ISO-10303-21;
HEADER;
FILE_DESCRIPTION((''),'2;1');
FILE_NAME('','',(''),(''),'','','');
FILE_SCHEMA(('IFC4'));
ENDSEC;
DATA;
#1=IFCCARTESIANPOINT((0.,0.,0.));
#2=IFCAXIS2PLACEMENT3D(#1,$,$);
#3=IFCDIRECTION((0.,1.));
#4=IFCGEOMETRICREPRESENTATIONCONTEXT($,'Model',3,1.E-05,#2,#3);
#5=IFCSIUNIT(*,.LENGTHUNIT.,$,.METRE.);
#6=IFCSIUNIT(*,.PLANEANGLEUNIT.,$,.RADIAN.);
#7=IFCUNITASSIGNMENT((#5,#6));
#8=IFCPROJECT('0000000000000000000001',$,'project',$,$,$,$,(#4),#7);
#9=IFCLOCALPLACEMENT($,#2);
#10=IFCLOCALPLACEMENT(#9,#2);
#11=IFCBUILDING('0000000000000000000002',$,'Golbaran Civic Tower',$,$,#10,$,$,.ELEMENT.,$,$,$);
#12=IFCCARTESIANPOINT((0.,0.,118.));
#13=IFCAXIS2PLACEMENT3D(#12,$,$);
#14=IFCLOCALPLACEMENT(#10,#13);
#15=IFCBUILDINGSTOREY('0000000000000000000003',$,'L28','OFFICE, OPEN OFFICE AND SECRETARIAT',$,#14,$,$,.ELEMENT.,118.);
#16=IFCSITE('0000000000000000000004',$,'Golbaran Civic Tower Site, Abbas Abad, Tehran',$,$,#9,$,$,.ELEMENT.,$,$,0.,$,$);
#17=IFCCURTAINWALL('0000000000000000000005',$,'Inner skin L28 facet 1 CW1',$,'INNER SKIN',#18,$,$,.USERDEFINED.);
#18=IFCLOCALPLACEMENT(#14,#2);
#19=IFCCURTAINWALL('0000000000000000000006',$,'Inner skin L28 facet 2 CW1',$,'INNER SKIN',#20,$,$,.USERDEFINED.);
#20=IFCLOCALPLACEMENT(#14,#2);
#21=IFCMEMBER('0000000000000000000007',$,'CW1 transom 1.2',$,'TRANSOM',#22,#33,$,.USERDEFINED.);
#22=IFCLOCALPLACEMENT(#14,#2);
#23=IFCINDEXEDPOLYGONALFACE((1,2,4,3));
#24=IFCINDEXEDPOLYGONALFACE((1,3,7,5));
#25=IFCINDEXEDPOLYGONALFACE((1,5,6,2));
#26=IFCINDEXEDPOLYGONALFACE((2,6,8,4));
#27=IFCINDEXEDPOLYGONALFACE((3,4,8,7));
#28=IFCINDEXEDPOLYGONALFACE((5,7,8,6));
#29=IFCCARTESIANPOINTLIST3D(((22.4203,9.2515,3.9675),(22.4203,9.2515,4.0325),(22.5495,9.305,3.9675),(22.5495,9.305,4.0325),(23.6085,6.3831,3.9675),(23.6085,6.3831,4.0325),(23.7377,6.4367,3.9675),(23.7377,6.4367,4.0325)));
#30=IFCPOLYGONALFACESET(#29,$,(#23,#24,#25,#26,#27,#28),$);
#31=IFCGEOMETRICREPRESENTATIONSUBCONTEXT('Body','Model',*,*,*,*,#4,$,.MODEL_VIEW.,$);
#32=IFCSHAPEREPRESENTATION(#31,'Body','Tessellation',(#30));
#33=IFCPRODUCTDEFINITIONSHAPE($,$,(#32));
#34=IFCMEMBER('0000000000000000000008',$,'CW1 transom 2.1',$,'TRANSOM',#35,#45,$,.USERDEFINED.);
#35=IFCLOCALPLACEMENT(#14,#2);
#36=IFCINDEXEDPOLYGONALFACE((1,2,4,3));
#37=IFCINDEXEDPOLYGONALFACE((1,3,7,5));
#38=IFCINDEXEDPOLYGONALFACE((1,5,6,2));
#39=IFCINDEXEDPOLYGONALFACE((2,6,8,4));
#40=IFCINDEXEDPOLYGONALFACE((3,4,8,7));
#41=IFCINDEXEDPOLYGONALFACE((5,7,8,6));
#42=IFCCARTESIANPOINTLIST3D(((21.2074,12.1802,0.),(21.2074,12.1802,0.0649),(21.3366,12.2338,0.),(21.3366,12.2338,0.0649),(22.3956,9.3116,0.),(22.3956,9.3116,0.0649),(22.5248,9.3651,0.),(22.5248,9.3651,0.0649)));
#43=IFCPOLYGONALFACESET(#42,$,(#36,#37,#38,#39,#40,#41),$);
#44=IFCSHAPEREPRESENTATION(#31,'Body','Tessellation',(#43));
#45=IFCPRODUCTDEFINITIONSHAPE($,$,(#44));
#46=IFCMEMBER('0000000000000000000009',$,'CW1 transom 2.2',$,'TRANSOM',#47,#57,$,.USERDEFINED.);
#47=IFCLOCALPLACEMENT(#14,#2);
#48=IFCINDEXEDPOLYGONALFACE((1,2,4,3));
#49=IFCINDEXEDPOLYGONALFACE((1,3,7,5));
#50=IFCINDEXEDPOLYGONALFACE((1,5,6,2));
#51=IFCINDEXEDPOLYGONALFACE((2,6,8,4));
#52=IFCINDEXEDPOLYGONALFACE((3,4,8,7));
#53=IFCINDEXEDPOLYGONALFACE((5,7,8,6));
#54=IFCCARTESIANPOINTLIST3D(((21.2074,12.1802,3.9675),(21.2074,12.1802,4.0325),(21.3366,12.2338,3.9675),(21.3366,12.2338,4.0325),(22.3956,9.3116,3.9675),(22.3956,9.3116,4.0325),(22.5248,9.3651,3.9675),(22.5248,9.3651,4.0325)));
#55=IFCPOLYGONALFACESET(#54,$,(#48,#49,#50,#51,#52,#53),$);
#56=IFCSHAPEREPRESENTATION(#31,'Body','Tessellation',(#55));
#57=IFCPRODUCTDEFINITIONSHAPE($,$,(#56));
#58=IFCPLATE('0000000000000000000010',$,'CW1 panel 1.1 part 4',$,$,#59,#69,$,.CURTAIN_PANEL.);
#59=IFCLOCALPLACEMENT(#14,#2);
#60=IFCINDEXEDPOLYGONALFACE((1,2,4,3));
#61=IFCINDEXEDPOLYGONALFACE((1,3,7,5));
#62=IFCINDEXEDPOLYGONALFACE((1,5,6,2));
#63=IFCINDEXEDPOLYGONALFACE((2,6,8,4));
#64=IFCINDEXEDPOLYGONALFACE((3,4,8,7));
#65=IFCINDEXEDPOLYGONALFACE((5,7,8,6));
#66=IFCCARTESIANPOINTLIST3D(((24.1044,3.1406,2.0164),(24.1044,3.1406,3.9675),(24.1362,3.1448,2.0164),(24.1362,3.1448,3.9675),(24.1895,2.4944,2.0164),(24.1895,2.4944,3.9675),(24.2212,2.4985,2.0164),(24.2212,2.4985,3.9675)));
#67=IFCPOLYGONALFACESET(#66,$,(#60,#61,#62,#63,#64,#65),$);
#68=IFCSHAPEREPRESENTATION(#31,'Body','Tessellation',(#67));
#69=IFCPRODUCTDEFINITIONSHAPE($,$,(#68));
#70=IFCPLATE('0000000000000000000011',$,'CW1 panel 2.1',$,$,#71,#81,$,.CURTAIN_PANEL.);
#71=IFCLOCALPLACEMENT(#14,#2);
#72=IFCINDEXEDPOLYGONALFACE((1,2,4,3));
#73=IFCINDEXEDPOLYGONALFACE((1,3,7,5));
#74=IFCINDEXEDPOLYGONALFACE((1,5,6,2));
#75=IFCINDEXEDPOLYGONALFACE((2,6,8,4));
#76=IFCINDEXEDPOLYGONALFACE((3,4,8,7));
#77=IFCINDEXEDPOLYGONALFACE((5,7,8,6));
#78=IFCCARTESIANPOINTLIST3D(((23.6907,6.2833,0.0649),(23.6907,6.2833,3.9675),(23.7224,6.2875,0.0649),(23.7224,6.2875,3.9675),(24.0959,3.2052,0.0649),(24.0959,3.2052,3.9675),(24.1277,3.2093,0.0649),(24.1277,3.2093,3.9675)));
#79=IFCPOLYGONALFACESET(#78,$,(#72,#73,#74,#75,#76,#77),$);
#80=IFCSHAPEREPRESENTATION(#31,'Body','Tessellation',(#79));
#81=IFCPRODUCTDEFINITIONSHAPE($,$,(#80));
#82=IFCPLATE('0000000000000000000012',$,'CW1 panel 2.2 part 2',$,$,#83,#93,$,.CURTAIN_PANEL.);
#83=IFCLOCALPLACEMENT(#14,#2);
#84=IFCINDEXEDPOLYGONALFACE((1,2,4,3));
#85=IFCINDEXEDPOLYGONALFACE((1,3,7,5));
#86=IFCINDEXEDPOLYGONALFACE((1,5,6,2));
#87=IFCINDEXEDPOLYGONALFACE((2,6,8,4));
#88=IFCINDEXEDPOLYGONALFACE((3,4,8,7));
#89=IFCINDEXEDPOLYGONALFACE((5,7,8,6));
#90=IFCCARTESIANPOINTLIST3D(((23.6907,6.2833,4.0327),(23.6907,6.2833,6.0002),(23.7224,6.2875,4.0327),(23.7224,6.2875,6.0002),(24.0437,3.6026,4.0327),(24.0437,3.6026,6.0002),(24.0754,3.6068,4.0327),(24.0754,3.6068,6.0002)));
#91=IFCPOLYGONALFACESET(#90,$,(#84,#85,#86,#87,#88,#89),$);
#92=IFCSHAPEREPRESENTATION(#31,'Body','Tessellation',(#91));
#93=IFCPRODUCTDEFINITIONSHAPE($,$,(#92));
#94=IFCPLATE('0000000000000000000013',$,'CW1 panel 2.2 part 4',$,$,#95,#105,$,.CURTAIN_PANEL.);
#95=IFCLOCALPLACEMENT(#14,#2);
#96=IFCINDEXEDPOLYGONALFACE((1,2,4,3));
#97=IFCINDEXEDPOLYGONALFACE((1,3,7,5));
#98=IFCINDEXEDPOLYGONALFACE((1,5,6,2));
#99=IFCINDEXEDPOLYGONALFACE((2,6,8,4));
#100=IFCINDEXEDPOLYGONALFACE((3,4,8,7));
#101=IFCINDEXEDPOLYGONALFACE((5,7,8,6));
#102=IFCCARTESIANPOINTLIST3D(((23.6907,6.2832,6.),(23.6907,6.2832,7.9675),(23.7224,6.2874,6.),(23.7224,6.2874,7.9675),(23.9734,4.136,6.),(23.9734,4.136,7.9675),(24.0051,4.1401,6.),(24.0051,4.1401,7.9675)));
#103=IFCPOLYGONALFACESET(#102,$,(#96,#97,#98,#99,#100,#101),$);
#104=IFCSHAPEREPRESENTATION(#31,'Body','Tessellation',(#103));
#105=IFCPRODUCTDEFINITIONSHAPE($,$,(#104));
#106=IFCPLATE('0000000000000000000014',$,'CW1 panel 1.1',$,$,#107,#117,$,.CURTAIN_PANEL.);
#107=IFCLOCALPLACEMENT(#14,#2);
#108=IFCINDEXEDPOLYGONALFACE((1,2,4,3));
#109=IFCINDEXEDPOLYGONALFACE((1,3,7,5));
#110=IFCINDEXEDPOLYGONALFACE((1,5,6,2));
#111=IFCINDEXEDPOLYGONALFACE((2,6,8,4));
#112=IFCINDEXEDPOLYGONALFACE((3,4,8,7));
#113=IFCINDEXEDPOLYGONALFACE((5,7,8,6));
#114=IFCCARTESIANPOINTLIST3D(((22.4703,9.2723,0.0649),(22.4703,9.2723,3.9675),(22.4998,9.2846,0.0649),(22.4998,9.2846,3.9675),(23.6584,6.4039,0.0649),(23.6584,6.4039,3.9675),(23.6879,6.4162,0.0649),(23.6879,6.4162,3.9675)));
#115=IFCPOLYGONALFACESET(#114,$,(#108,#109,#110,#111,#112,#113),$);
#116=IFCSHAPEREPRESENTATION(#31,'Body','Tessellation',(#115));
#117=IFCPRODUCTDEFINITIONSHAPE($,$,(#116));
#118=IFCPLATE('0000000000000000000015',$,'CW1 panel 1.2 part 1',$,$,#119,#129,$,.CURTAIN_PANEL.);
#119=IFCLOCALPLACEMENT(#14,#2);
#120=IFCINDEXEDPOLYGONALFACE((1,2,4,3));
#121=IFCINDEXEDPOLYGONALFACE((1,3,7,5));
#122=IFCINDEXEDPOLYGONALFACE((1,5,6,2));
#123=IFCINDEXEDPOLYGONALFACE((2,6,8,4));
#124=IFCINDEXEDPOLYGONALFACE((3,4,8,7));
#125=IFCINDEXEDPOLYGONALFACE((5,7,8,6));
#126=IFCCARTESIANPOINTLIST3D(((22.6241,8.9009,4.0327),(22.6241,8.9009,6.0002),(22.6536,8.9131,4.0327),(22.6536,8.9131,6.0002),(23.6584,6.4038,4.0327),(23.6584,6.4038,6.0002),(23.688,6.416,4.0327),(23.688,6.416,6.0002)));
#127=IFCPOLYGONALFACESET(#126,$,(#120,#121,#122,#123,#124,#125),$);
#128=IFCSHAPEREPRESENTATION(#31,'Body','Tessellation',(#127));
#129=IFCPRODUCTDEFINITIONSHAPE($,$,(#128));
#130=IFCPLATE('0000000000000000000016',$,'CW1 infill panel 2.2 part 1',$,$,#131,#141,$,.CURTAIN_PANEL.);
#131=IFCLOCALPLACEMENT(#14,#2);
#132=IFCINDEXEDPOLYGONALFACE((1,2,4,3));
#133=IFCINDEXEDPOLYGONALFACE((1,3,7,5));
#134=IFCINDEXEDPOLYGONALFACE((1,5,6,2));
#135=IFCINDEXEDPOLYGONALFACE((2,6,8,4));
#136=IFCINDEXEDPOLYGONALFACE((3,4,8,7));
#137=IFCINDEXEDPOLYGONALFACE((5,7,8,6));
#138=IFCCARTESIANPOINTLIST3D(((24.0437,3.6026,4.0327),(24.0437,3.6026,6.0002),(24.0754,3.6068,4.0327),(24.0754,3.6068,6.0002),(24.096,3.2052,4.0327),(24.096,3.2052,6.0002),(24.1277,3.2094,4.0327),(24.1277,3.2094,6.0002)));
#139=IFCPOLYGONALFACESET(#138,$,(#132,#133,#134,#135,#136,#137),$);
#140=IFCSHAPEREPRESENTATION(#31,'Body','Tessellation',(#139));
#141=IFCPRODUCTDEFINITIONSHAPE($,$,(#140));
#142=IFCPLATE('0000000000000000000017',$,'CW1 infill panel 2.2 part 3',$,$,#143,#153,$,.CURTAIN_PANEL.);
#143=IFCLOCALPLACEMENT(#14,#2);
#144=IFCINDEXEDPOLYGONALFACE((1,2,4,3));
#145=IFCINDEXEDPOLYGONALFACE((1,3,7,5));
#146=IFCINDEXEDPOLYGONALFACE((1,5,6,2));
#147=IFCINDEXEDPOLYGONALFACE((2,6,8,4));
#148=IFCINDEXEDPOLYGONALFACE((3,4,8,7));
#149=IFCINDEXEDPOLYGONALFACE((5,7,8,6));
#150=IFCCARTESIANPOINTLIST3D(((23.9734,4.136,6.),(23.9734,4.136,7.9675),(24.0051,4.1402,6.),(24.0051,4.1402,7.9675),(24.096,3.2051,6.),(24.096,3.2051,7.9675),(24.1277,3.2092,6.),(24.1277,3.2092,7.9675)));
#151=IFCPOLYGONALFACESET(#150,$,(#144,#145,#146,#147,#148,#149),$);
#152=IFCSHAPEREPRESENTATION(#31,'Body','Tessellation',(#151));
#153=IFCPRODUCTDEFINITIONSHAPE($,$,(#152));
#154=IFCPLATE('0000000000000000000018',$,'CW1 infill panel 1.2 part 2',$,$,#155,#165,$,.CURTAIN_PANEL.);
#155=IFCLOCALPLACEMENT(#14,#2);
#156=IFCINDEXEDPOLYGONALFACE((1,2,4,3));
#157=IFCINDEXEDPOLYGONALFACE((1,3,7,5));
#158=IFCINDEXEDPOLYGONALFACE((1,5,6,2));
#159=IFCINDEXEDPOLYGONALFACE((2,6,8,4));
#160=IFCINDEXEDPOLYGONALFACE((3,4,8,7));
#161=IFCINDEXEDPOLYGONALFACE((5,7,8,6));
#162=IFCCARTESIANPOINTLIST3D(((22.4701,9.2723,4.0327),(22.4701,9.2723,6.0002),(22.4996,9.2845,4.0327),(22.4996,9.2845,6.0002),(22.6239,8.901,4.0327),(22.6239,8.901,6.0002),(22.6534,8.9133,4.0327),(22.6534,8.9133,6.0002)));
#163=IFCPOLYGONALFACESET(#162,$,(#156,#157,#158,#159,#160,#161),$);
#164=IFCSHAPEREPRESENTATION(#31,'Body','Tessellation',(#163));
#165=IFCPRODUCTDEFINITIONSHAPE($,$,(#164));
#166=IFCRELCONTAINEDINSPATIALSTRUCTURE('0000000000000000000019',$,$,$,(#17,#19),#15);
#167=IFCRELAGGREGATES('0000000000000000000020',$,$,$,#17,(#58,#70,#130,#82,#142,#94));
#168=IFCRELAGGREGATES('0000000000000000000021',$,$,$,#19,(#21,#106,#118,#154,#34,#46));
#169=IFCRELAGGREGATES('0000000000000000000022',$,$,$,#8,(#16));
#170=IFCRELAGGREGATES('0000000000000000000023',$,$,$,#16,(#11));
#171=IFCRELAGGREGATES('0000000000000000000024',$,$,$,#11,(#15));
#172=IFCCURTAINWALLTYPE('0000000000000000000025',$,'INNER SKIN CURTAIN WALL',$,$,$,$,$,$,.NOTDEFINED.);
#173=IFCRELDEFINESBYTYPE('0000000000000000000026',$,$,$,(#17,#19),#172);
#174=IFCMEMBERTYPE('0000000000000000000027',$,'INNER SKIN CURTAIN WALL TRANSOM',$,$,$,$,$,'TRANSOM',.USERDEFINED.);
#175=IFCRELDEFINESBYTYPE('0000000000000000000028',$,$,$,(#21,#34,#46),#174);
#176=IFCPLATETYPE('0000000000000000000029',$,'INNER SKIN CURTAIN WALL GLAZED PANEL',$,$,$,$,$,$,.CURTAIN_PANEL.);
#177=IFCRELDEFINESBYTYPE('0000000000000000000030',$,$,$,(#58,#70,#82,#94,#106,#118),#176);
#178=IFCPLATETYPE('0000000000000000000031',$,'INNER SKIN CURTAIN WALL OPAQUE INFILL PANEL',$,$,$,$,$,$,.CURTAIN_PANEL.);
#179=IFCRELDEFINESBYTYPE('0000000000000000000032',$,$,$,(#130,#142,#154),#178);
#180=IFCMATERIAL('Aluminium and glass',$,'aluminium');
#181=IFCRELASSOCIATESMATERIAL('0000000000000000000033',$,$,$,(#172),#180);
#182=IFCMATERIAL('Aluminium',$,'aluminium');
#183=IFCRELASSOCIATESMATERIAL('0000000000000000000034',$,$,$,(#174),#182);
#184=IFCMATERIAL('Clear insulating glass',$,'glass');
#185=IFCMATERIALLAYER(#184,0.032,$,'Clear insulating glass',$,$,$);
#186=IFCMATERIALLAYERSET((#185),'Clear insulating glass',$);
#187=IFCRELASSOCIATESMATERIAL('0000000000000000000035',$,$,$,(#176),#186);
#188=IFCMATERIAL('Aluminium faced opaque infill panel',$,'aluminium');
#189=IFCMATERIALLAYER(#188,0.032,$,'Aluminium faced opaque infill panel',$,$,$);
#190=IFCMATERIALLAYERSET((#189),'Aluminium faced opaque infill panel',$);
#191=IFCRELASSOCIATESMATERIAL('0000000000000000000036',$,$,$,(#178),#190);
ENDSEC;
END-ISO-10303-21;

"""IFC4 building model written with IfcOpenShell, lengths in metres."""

from ifc_helpers import new_model, si_unit, direction, frame, origin, origin_2d, place, context, subcontext, project, spatial, rectangle, extrude, material, layer, layer_set, material_profile, profile_set, type_object, element, aggregate, save


model = new_model("IFC4")

# Units and contexts
model_context = context("Model", 3, precision=1e-05, world=origin(), true_north=direction((0.0, 1.0)))
body_context = subcontext(model_context, "Body", "Model", "MODEL_VIEW")
ifc_project = project(units=[si_unit("LENGTHUNIT", "METRE"), si_unit("PLANEANGLEUNIT", "RADIAN")], contexts=[model_context])

# Site, building, storey
site_placement = place(None, origin())
site = spatial("IfcSite", under=ifc_project, at=site_placement, Name="Golbaran Civic Tower Site, Abbas Abad, Tehran", CompositionType="ELEMENT", RefElevation=0.0)
building_placement = place(site_placement, origin())
building = spatial("IfcBuilding", under=site, at=building_placement, Name="Golbaran Civic Tower", CompositionType="ELEMENT")
storey_placement = place(building_placement, frame((0.0, 0.0, 118.0)))
storey = spatial("IfcBuildingStorey", under=building, at=storey_placement, Name="L28", Description="OFFICE, OPEN OFFICE AND SECRETARIAT", CompositionType="ELEMENT", Elevation=118.0)

# Curtain walls
ifc_material_1 = material(Name="Aluminium and glass", Category="aluminium")
curtain_wall_type = type_object("IfcCurtainWallType", Name="INNER SKIN CURTAIN WALL", PredefinedType="NOTDEFINED", material=ifc_material_1)
curtain_wall_1_placement = place(storey_placement, origin())
curtain_wall_1 = element("IfcCurtainWall", 1, at=curtain_wall_1_placement, inside=storey, type_object=curtain_wall_type, Name="Inner skin L28 facet 1 CW1", ObjectType="INNER SKIN", PredefinedType="USERDEFINED")
ifc_material_2 = material(Name="Aluminium", Category="aluminium")
curtain_wall_2_placement = place(storey_placement, origin())
curtain_wall_2 = element("IfcCurtainWall", 2, at=curtain_wall_2_placement, inside=storey, type_object=curtain_wall_type, Name="Inner skin L28 facet 2 CW1", ObjectType="INNER SKIN", PredefinedType="USERDEFINED")

# Members
ifc_material_profile_1 = material_profile(ifc_material_2, rectangle(XDim=0.1399, YDim=0.0649, at=origin_2d()), Name="INNER SKIN CURTAIN WALL TRANSOM")
ifc_profile_set_1 = profile_set([ifc_material_profile_1], Name="Aluminium")
member_type_1 = type_object("IfcMemberType", Name="INNER SKIN CURTAIN WALL TRANSOM", ElementType="TRANSOM", PredefinedType="USERDEFINED", material=ifc_profile_set_1)
member_1_placement = place(storey_placement, frame((23.6731, 6.4099, 4.0), z_axis=(-0.382711, 0.923868, 0.0), x_axis=(-0.923868, -0.382711, 0.0)))
member_1 = element("IfcMember", 3, at=member_1_placement, type_object=member_type_1, Name="CW1 transom 1.2", ObjectType="TRANSOM", PredefinedType="USERDEFINED", context=body_context, shape_type="SweptSolid", body=[
    extrude(rectangle(XDim=0.1399, YDim=0.0649, at=origin_2d()), origin(), (0.0, 0.0, 1.0), 3.1047),
])
member_2_placement = place(storey_placement, frame((22.4602, 9.3384, 0.0325), z_axis=(-0.382683, 0.92388, 0.0), x_axis=(-0.92388, -0.382683, 0.0)))
member_2 = element("IfcMember", 4, at=member_2_placement, type_object=member_type_1, Name="CW1 transom 2.1", ObjectType="TRANSOM", PredefinedType="USERDEFINED", context=body_context, shape_type="SweptSolid", body=[
    extrude(rectangle(XDim=0.1399, YDim=0.0649, at=origin_2d()), origin(), (0.0, 0.0, 1.0), 3.105),
])
member_3_placement = place(storey_placement, frame((22.4602, 9.3384, 4.0), z_axis=(-0.382683, 0.92388, 0.0), x_axis=(-0.92388, -0.382683, 0.0)))
member_3 = element("IfcMember", 5, at=member_3_placement, type_object=member_type_1, Name="CW1 transom 2.2", ObjectType="TRANSOM", PredefinedType="USERDEFINED", context=body_context, shape_type="SweptSolid", body=[
    extrude(rectangle(XDim=0.1399, YDim=0.0649, at=origin_2d()), origin(), (0.0, 0.0, 1.0), 3.105),
])

# Plates
ifc_material_3 = material(Name="Clear insulating glass", Category="glass")
ifc_layer_1 = layer(ifc_material_3, 0.032, Name="Clear insulating glass")
ifc_layer_set_1 = layer_set([ifc_layer_1], Name="Clear insulating glass")
plate_type_1 = type_object("IfcPlateType", Name="INNER SKIN CURTAIN WALL GLAZED PANEL", PredefinedType="CURTAIN_PANEL", material=ifc_layer_set_1)
plate_1_placement = place(storey_placement, frame((24.1628, 2.8196, 2.0164), z_axis=(0.0, 0.0, 1.0), x_axis=(-0.130526, 0.991445, 0.0)))
plate_1 = element("IfcPlate", 6, at=plate_1_placement, type_object=plate_type_1, Name="CW1 panel 1.1 part 4", PredefinedType="CURTAIN_PANEL", context=body_context, shape_type="SweptSolid", body=[
    extrude(rectangle(XDim=0.6519, YDim=0.032, at=origin_2d()), origin(), (0.0, 0.0, 1.0), 1.9512),
])
plate_2_placement = place(storey_placement, frame((23.9092, 4.7463, 0.0649), z_axis=(0.0, 0.0, 1.0), x_axis=(-0.130526, 0.991445, 0.0)))
plate_2 = element("IfcPlate", 7, at=plate_2_placement, type_object=plate_type_1, Name="CW1 panel 2.1", PredefinedType="CURTAIN_PANEL", context=body_context, shape_type="SweptSolid", body=[
    extrude(rectangle(XDim=3.1047, YDim=0.032, at=origin_2d()), origin(), (0.0, 0.0, 1.0), 3.9026),
])
plate_3_placement = place(storey_placement, frame((23.8831, 4.9451, 4.0327), z_axis=(0.0, 0.0, 1.0), x_axis=(-0.130526, 0.991445, 0.0)))
plate_3 = element("IfcPlate", 8, at=plate_3_placement, type_object=plate_type_1, Name="CW1 panel 2.2 part 2", PredefinedType="CURTAIN_PANEL", context=body_context, shape_type="SweptSolid", body=[
    extrude(rectangle(XDim=2.7039, YDim=0.032, at=origin_2d()), origin(), (0.0, 0.0, 1.0), 1.9675),
])
plate_4_placement = place(storey_placement, frame((23.8479, 5.2117, 6.0), z_axis=(0.0, 0.0, 1.0), x_axis=(-0.130526, 0.991445, 0.0)))
plate_4 = element("IfcPlate", 9, at=plate_4_placement, type_object=plate_type_1, Name="CW1 panel 2.2 part 4", PredefinedType="CURTAIN_PANEL", context=body_context, shape_type="SweptSolid", body=[
    extrude(rectangle(XDim=2.1658, YDim=0.032, at=origin_2d()), origin(), (0.0, 0.0, 1.0), 1.9675),
])
plate_5_placement = place(storey_placement, frame((23.0791, 7.8442, 0.0649), z_axis=(0.0, 0.0, 1.0), x_axis=(-0.382683, 0.92388, 0.0)))
plate_5 = element("IfcPlate", 10, at=plate_5_placement, type_object=plate_type_1, Name="CW1 panel 1.1", PredefinedType="CURTAIN_PANEL", context=body_context, shape_type="SweptSolid", body=[
    extrude(rectangle(XDim=3.1047, YDim=0.032, at=origin_2d()), origin(), (0.0, 0.0, 1.0), 3.9026),
])
plate_6_placement = place(storey_placement, frame((23.156, 7.6584, 4.0327), z_axis=(0.0, 0.0, 1.0), x_axis=(-0.382683, 0.92388, 0.0)))
plate_6 = element("IfcPlate", 11, at=plate_6_placement, type_object=plate_type_1, Name="CW1 panel 1.2 part 1", PredefinedType="CURTAIN_PANEL", context=body_context, shape_type="SweptSolid", body=[
    extrude(rectangle(XDim=2.7029, YDim=0.032, at=origin_2d()), origin(), (0.0, 0.0, 1.0), 1.9675),
])
ifc_material_4 = material(Name="Aluminium faced opaque infill panel", Category="aluminium")
ifc_layer_2 = layer(ifc_material_4, 0.032, Name="Aluminium faced opaque infill panel")
ifc_layer_set_2 = layer_set([ifc_layer_2], Name="Aluminium faced opaque infill panel")
plate_type_2 = type_object("IfcPlateType", Name="INNER SKIN CURTAIN WALL OPAQUE INFILL PANEL", PredefinedType="CURTAIN_PANEL", material=ifc_layer_set_2)
plate_7_placement = place(storey_placement, frame((24.0857, 3.406, 4.0327), z_axis=(0.0, 0.0, 1.0), x_axis=(-0.130526, 0.991445, 0.0)))
plate_7 = element("IfcPlate", 12, at=plate_7_placement, type_object=plate_type_2, Name="CW1 infill panel 2.2 part 1", PredefinedType="CURTAIN_PANEL", context=body_context, shape_type="SweptSolid", body=[
    extrude(rectangle(XDim=0.4009, YDim=0.032, at=origin_2d()), origin(), (0.0, 0.0, 1.0), 1.9675),
])
plate_8_placement = place(storey_placement, frame((24.0505, 3.6726, 6.0), z_axis=(0.0, 0.0, 1.0), x_axis=(-0.130526, 0.991445, 0.0)))
plate_8 = element("IfcPlate", 13, at=plate_8_placement, type_object=plate_type_2, Name="CW1 infill panel 2.2 part 3", PredefinedType="CURTAIN_PANEL", context=body_context, shape_type="SweptSolid", body=[
    extrude(rectangle(XDim=0.939, YDim=0.032, at=origin_2d()), origin(), (0.0, 0.0, 1.0), 1.9675),
])
aggregate(curtain_wall_1, [plate_1, plate_2, plate_7, plate_3, plate_8, plate_4])
plate_9_placement = place(storey_placement, frame((22.5618, 9.0928, 4.0327), z_axis=(0.0, 0.0, 1.0), x_axis=(-0.382683, 0.92388, 0.0)))
plate_9 = element("IfcPlate", 14, at=plate_9_placement, type_object=plate_type_2, Name="CW1 infill panel 1.2 part 2", PredefinedType="CURTAIN_PANEL", context=body_context, shape_type="SweptSolid", body=[
    extrude(rectangle(XDim=0.4019, YDim=0.032, at=origin_2d()), origin(), (0.0, 0.0, 1.0), 1.9675),
])
aggregate(curtain_wall_2, [member_1, plate_5, plate_6, plate_9, member_2, member_3])

save(model, "model.ifc")
